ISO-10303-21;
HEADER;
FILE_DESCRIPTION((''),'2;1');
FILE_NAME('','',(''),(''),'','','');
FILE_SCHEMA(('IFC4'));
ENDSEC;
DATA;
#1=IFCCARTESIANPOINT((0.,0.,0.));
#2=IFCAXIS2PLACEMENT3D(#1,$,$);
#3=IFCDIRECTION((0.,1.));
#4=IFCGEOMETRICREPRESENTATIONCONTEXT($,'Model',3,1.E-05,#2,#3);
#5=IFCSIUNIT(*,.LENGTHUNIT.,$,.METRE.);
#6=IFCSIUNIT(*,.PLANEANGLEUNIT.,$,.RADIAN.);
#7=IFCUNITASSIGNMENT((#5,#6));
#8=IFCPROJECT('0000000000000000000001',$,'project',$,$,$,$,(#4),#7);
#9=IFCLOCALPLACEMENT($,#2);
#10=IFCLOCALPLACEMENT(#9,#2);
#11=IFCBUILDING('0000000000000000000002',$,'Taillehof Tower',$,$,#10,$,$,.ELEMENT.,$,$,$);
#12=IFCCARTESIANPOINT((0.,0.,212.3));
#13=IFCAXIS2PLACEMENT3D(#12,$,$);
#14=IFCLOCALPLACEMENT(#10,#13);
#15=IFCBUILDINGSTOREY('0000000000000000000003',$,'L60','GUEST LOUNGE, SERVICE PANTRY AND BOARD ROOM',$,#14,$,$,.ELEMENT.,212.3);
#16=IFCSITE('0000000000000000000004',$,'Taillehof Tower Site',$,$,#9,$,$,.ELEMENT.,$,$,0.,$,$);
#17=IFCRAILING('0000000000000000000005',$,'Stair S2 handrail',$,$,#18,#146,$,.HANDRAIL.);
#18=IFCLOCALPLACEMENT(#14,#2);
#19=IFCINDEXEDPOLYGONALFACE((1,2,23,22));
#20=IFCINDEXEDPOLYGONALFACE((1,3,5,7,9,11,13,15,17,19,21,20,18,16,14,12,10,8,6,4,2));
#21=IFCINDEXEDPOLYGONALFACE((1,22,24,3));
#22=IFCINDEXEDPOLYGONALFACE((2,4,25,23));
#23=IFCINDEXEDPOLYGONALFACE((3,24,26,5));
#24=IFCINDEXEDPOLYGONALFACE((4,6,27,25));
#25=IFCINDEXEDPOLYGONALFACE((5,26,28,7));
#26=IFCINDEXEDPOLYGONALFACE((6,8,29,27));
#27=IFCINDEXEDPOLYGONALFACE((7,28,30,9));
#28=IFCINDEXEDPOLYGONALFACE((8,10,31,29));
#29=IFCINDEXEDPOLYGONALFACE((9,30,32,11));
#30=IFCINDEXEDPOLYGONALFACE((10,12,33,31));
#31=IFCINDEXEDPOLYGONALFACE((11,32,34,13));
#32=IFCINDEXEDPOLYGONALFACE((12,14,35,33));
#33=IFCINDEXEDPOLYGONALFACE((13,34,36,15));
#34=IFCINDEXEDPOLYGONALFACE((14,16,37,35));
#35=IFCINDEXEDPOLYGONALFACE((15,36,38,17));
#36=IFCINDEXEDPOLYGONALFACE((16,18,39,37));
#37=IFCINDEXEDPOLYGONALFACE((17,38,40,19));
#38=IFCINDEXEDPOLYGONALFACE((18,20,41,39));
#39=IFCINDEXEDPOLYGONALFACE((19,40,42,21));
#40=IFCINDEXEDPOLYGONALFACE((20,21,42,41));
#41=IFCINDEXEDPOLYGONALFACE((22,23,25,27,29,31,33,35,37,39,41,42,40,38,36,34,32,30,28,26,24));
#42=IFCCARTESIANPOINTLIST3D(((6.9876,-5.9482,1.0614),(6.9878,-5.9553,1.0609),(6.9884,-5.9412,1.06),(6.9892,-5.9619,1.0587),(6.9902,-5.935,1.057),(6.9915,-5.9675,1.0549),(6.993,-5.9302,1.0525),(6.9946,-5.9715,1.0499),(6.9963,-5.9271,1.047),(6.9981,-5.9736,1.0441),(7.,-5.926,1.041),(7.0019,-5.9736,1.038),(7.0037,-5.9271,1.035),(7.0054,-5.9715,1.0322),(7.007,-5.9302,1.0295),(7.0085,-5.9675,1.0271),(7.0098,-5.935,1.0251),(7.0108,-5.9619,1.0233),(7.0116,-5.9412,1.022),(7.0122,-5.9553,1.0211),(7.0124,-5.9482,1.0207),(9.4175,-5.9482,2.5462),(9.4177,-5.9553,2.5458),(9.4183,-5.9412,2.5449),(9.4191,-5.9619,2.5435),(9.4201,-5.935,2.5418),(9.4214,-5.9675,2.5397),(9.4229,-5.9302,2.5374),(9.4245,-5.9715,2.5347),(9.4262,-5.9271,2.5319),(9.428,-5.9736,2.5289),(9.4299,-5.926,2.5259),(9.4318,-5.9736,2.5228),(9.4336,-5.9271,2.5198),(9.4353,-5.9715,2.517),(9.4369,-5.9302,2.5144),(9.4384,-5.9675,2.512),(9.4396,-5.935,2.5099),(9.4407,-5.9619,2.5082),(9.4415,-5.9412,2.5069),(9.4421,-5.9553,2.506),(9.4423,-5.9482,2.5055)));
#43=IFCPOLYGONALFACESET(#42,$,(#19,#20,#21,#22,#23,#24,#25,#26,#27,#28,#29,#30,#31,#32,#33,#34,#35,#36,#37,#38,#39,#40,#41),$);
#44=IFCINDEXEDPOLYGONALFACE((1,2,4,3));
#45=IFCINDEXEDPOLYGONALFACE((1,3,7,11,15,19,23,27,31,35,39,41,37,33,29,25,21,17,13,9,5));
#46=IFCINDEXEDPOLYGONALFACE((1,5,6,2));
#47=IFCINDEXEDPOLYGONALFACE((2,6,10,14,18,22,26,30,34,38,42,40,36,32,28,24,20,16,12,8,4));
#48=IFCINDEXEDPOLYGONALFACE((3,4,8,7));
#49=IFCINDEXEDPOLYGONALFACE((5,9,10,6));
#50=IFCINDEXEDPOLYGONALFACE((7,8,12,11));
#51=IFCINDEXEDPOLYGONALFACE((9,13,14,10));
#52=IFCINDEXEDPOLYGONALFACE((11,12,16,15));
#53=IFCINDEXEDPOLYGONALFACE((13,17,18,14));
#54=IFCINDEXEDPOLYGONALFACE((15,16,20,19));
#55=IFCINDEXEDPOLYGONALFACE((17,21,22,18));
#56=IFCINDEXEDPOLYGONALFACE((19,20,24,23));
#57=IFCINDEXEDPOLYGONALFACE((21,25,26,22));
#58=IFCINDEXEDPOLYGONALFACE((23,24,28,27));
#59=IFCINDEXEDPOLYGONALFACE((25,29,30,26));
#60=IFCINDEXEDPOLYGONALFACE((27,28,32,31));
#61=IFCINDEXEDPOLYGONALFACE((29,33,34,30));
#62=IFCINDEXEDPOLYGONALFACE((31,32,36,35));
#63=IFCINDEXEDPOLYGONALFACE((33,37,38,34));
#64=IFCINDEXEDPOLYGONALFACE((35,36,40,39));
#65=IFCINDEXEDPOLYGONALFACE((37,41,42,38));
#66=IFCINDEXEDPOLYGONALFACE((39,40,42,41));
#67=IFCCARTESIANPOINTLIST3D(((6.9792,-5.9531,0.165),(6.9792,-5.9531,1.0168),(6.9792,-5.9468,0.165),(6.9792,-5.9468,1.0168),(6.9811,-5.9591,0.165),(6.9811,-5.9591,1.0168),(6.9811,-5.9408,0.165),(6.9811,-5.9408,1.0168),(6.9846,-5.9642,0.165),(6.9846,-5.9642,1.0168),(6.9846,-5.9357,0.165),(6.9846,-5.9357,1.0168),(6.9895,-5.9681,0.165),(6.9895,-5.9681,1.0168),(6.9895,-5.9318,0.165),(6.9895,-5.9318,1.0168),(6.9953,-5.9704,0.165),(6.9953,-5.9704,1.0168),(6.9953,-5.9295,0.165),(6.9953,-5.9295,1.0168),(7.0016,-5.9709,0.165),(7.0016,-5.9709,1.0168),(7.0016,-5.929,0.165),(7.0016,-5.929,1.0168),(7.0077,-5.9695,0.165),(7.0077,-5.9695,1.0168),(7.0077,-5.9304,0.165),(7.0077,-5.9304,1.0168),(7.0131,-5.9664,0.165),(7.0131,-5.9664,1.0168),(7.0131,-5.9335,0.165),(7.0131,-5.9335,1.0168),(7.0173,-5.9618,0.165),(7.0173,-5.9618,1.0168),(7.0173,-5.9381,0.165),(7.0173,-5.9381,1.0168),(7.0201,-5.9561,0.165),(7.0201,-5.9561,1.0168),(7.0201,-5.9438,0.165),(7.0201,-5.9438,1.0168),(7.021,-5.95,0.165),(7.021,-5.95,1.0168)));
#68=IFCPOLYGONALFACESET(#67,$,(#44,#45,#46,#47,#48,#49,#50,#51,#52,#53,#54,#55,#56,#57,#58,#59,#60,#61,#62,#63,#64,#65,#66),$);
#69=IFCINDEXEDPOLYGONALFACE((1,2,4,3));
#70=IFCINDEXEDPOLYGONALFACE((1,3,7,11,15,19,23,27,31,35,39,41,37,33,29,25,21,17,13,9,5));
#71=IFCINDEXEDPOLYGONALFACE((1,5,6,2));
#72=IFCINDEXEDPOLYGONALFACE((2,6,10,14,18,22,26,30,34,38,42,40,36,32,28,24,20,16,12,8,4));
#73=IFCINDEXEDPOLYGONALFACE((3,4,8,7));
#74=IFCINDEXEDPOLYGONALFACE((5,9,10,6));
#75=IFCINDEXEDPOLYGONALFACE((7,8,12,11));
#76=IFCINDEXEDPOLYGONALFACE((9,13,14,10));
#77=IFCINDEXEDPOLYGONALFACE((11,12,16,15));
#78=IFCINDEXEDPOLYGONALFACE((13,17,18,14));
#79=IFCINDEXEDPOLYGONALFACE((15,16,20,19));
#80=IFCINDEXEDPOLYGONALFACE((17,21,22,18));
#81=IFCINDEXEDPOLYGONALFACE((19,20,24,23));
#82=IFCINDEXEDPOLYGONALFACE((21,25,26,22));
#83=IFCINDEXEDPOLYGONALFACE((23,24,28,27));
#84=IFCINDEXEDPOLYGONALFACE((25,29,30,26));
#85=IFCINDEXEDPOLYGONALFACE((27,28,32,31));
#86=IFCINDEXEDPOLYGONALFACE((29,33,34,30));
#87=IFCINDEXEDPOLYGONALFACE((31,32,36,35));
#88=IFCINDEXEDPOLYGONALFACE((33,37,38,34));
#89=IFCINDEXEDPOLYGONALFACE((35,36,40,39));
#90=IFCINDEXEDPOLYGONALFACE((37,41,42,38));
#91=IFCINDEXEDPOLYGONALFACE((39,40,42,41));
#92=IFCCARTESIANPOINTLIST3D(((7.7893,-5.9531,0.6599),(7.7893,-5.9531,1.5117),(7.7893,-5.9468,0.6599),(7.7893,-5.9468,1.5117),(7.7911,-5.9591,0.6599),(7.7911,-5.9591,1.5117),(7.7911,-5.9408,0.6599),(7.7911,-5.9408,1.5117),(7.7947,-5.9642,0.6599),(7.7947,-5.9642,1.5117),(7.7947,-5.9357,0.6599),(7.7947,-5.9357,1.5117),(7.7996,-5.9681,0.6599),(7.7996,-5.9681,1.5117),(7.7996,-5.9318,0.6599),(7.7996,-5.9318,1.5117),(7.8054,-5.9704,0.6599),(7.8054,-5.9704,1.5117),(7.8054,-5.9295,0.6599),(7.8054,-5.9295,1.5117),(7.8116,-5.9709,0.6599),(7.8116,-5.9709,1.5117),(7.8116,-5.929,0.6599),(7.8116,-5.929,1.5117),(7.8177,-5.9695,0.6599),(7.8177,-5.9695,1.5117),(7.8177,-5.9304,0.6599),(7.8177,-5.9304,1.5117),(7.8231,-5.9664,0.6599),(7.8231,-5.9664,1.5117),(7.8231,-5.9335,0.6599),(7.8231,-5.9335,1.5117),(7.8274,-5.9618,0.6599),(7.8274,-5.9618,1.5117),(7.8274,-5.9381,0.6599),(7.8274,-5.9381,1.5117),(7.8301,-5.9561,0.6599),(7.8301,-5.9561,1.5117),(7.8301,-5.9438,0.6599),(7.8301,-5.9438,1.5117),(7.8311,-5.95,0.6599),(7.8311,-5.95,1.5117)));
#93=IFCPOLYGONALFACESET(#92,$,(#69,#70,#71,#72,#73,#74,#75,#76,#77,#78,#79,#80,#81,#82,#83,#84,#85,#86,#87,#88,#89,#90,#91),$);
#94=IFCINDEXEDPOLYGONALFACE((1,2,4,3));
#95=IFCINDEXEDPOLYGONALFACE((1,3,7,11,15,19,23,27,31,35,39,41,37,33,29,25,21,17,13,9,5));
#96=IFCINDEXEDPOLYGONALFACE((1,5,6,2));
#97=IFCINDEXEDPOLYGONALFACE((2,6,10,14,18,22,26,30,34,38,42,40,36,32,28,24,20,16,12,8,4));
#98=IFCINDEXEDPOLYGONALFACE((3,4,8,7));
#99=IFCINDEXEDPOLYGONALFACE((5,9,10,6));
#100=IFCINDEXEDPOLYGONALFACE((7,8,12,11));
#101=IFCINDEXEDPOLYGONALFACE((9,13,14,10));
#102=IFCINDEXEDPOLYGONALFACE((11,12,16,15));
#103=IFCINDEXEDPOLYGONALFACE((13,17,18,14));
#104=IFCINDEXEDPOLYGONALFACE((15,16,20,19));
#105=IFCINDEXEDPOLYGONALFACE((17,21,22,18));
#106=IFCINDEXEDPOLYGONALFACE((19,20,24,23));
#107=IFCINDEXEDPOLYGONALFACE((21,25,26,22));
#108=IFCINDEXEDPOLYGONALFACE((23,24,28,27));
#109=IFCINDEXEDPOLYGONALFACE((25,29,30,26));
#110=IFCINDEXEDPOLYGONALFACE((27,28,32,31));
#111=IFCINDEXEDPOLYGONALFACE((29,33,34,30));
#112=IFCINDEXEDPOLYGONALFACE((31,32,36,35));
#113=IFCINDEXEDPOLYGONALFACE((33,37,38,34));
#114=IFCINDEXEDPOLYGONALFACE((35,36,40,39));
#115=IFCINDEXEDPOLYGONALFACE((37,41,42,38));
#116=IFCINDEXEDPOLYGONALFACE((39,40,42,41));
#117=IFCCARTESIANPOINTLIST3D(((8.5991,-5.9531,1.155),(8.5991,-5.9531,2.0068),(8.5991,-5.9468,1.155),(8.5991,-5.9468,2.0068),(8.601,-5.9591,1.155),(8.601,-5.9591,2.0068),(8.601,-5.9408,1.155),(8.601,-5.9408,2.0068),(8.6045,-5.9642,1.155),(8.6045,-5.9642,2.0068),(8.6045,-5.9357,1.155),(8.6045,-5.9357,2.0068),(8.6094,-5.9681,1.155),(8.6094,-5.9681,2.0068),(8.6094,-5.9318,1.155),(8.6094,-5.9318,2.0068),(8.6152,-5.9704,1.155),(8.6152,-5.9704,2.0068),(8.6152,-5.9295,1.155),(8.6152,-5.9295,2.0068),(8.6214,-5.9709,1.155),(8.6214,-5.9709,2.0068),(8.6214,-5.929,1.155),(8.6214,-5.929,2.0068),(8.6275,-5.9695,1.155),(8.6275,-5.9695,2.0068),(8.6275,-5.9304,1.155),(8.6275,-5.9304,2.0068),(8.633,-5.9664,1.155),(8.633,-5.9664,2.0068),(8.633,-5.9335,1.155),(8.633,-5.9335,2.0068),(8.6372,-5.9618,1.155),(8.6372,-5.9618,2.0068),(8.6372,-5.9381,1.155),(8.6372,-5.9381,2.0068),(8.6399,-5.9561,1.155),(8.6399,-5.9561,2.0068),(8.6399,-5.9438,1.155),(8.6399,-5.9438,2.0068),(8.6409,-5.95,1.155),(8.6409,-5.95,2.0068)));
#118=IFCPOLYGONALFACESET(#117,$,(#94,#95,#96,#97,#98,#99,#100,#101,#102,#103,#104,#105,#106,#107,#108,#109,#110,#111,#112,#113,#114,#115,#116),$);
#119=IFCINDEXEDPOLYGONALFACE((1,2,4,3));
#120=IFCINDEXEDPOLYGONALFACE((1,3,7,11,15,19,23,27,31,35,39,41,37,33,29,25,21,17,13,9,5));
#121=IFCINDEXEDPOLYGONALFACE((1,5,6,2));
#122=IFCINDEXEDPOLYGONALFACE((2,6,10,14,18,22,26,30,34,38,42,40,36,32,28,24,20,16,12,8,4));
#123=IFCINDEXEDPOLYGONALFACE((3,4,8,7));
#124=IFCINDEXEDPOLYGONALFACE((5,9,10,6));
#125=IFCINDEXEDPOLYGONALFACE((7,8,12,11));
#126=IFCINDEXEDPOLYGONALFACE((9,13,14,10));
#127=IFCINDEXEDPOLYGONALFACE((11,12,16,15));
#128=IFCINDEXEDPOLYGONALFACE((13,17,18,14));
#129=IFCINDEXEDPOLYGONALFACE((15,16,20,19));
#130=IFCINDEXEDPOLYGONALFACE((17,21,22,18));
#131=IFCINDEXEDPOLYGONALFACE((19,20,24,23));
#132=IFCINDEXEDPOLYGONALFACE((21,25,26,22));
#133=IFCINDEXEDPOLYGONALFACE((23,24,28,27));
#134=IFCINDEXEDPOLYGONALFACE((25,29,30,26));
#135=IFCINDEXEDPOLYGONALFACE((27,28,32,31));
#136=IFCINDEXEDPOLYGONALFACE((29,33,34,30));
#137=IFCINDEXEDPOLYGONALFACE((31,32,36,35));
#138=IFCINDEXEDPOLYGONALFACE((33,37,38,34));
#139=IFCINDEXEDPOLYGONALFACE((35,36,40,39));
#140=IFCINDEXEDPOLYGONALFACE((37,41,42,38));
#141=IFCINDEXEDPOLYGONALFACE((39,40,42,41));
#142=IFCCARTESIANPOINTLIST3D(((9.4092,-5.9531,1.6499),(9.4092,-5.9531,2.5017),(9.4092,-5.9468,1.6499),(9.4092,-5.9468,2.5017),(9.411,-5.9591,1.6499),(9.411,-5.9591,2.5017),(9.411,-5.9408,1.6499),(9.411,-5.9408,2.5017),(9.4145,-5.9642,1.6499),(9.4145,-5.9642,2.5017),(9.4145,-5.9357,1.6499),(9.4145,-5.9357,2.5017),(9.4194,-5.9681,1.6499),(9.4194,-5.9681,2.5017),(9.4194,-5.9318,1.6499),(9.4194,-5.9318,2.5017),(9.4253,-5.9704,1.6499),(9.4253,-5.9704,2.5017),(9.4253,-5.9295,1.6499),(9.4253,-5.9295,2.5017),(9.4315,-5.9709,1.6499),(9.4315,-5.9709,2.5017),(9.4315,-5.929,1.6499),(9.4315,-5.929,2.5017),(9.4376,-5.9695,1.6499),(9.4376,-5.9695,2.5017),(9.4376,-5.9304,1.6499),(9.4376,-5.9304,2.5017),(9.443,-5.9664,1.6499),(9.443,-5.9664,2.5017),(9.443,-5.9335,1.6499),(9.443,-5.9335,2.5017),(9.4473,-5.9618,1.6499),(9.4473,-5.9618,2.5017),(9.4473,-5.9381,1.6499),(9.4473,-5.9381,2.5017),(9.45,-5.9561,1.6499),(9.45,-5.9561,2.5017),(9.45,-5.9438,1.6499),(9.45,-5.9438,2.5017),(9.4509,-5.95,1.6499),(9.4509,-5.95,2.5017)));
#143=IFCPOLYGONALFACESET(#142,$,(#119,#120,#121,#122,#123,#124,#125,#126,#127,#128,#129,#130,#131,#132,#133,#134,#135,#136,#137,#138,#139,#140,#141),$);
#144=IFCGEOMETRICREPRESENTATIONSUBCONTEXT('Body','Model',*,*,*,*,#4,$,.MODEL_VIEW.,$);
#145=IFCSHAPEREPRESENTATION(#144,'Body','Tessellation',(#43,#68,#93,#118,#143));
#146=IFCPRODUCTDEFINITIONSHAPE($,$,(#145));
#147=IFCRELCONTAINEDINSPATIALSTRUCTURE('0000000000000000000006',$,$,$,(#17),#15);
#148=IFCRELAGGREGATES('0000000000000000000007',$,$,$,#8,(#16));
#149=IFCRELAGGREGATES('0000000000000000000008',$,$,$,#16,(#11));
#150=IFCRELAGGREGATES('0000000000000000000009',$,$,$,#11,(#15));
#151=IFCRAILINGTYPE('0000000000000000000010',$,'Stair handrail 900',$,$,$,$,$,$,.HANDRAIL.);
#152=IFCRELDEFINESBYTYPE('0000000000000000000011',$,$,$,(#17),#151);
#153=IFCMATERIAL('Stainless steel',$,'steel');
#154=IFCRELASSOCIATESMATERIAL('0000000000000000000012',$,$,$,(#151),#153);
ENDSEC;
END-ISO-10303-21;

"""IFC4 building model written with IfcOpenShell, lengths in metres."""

from ifc_helpers import new_model, si_unit, direction, frame, origin, origin_2d, place, context, subcontext, project, spatial, circle, extrude, material, type_object, element, save


model = new_model("IFC4")

# Units and contexts
model_context = context("Model", 3, precision=1e-05, world=origin(), true_north=direction((0.0, 1.0)))
body_context = subcontext(model_context, "Body", "Model", "MODEL_VIEW")
ifc_project = project(units=[si_unit("LENGTHUNIT", "METRE"), si_unit("PLANEANGLEUNIT", "RADIAN")], contexts=[model_context])

# Site, building, storey
site_placement = place(None, origin())
site = spatial("IfcSite", under=ifc_project, at=site_placement, Name="Taillehof Tower Site", CompositionType="ELEMENT", RefElevation=0.0)
building_placement = place(site_placement, origin())
building = spatial("IfcBuilding", under=site, at=building_placement, Name="Taillehof Tower", CompositionType="ELEMENT")
storey_placement = place(building_placement, frame((0.0, 0.0, 212.3)))
storey = spatial("IfcBuildingStorey", under=building, at=storey_placement, Name="L60", Description="GUEST LOUNGE, SERVICE PANTRY AND BOARD ROOM", CompositionType="ELEMENT", Elevation=212.3)

# Railing
ifc_material_1 = material(Name="Stainless steel", Category="steel")
railing_type = type_object("IfcRailingType", Name="Stair handrail 900", PredefinedType="HANDRAIL", material=ifc_material_1)
railing_placement = place(storey_placement, frame((7.0, -5.95, 0.165)))
element("IfcRailing", 1, at=railing_placement, inside=storey, type_object=railing_type, Name="Stair S2 handrail", PredefinedType="HANDRAIL", context=body_context, shape_type="SweptSolid", body=[
    extrude(circle(Radius=0.0239, at=origin_2d()), frame((0.0, 0.0, 0.876), z_axis=(0.853297, 0.0, 0.521426), x_axis=(0.0, 1.0, 0.0)), (0.0, 0.0, 1.0), 2.8477),
    extrude(circle(Radius=0.021, at=origin_2d()), origin(), (0.0, 0.0, 1.0), 0.8518),
    extrude(circle(Radius=0.021, at=origin_2d()), frame((0.8101, 0.0, 0.4949)), (0.0, 0.0, 1.0), 0.8518),
    extrude(circle(Radius=0.021, at=origin_2d()), frame((1.6199, 0.0, 0.99)), (0.0, 0.0, 1.0), 0.8518),
    extrude(circle(Radius=0.021, at=origin_2d()), frame((2.4299, 0.0, 1.4849)), (0.0, 0.0, 1.0), 0.8518),
])

save(model, "model.ifc")
